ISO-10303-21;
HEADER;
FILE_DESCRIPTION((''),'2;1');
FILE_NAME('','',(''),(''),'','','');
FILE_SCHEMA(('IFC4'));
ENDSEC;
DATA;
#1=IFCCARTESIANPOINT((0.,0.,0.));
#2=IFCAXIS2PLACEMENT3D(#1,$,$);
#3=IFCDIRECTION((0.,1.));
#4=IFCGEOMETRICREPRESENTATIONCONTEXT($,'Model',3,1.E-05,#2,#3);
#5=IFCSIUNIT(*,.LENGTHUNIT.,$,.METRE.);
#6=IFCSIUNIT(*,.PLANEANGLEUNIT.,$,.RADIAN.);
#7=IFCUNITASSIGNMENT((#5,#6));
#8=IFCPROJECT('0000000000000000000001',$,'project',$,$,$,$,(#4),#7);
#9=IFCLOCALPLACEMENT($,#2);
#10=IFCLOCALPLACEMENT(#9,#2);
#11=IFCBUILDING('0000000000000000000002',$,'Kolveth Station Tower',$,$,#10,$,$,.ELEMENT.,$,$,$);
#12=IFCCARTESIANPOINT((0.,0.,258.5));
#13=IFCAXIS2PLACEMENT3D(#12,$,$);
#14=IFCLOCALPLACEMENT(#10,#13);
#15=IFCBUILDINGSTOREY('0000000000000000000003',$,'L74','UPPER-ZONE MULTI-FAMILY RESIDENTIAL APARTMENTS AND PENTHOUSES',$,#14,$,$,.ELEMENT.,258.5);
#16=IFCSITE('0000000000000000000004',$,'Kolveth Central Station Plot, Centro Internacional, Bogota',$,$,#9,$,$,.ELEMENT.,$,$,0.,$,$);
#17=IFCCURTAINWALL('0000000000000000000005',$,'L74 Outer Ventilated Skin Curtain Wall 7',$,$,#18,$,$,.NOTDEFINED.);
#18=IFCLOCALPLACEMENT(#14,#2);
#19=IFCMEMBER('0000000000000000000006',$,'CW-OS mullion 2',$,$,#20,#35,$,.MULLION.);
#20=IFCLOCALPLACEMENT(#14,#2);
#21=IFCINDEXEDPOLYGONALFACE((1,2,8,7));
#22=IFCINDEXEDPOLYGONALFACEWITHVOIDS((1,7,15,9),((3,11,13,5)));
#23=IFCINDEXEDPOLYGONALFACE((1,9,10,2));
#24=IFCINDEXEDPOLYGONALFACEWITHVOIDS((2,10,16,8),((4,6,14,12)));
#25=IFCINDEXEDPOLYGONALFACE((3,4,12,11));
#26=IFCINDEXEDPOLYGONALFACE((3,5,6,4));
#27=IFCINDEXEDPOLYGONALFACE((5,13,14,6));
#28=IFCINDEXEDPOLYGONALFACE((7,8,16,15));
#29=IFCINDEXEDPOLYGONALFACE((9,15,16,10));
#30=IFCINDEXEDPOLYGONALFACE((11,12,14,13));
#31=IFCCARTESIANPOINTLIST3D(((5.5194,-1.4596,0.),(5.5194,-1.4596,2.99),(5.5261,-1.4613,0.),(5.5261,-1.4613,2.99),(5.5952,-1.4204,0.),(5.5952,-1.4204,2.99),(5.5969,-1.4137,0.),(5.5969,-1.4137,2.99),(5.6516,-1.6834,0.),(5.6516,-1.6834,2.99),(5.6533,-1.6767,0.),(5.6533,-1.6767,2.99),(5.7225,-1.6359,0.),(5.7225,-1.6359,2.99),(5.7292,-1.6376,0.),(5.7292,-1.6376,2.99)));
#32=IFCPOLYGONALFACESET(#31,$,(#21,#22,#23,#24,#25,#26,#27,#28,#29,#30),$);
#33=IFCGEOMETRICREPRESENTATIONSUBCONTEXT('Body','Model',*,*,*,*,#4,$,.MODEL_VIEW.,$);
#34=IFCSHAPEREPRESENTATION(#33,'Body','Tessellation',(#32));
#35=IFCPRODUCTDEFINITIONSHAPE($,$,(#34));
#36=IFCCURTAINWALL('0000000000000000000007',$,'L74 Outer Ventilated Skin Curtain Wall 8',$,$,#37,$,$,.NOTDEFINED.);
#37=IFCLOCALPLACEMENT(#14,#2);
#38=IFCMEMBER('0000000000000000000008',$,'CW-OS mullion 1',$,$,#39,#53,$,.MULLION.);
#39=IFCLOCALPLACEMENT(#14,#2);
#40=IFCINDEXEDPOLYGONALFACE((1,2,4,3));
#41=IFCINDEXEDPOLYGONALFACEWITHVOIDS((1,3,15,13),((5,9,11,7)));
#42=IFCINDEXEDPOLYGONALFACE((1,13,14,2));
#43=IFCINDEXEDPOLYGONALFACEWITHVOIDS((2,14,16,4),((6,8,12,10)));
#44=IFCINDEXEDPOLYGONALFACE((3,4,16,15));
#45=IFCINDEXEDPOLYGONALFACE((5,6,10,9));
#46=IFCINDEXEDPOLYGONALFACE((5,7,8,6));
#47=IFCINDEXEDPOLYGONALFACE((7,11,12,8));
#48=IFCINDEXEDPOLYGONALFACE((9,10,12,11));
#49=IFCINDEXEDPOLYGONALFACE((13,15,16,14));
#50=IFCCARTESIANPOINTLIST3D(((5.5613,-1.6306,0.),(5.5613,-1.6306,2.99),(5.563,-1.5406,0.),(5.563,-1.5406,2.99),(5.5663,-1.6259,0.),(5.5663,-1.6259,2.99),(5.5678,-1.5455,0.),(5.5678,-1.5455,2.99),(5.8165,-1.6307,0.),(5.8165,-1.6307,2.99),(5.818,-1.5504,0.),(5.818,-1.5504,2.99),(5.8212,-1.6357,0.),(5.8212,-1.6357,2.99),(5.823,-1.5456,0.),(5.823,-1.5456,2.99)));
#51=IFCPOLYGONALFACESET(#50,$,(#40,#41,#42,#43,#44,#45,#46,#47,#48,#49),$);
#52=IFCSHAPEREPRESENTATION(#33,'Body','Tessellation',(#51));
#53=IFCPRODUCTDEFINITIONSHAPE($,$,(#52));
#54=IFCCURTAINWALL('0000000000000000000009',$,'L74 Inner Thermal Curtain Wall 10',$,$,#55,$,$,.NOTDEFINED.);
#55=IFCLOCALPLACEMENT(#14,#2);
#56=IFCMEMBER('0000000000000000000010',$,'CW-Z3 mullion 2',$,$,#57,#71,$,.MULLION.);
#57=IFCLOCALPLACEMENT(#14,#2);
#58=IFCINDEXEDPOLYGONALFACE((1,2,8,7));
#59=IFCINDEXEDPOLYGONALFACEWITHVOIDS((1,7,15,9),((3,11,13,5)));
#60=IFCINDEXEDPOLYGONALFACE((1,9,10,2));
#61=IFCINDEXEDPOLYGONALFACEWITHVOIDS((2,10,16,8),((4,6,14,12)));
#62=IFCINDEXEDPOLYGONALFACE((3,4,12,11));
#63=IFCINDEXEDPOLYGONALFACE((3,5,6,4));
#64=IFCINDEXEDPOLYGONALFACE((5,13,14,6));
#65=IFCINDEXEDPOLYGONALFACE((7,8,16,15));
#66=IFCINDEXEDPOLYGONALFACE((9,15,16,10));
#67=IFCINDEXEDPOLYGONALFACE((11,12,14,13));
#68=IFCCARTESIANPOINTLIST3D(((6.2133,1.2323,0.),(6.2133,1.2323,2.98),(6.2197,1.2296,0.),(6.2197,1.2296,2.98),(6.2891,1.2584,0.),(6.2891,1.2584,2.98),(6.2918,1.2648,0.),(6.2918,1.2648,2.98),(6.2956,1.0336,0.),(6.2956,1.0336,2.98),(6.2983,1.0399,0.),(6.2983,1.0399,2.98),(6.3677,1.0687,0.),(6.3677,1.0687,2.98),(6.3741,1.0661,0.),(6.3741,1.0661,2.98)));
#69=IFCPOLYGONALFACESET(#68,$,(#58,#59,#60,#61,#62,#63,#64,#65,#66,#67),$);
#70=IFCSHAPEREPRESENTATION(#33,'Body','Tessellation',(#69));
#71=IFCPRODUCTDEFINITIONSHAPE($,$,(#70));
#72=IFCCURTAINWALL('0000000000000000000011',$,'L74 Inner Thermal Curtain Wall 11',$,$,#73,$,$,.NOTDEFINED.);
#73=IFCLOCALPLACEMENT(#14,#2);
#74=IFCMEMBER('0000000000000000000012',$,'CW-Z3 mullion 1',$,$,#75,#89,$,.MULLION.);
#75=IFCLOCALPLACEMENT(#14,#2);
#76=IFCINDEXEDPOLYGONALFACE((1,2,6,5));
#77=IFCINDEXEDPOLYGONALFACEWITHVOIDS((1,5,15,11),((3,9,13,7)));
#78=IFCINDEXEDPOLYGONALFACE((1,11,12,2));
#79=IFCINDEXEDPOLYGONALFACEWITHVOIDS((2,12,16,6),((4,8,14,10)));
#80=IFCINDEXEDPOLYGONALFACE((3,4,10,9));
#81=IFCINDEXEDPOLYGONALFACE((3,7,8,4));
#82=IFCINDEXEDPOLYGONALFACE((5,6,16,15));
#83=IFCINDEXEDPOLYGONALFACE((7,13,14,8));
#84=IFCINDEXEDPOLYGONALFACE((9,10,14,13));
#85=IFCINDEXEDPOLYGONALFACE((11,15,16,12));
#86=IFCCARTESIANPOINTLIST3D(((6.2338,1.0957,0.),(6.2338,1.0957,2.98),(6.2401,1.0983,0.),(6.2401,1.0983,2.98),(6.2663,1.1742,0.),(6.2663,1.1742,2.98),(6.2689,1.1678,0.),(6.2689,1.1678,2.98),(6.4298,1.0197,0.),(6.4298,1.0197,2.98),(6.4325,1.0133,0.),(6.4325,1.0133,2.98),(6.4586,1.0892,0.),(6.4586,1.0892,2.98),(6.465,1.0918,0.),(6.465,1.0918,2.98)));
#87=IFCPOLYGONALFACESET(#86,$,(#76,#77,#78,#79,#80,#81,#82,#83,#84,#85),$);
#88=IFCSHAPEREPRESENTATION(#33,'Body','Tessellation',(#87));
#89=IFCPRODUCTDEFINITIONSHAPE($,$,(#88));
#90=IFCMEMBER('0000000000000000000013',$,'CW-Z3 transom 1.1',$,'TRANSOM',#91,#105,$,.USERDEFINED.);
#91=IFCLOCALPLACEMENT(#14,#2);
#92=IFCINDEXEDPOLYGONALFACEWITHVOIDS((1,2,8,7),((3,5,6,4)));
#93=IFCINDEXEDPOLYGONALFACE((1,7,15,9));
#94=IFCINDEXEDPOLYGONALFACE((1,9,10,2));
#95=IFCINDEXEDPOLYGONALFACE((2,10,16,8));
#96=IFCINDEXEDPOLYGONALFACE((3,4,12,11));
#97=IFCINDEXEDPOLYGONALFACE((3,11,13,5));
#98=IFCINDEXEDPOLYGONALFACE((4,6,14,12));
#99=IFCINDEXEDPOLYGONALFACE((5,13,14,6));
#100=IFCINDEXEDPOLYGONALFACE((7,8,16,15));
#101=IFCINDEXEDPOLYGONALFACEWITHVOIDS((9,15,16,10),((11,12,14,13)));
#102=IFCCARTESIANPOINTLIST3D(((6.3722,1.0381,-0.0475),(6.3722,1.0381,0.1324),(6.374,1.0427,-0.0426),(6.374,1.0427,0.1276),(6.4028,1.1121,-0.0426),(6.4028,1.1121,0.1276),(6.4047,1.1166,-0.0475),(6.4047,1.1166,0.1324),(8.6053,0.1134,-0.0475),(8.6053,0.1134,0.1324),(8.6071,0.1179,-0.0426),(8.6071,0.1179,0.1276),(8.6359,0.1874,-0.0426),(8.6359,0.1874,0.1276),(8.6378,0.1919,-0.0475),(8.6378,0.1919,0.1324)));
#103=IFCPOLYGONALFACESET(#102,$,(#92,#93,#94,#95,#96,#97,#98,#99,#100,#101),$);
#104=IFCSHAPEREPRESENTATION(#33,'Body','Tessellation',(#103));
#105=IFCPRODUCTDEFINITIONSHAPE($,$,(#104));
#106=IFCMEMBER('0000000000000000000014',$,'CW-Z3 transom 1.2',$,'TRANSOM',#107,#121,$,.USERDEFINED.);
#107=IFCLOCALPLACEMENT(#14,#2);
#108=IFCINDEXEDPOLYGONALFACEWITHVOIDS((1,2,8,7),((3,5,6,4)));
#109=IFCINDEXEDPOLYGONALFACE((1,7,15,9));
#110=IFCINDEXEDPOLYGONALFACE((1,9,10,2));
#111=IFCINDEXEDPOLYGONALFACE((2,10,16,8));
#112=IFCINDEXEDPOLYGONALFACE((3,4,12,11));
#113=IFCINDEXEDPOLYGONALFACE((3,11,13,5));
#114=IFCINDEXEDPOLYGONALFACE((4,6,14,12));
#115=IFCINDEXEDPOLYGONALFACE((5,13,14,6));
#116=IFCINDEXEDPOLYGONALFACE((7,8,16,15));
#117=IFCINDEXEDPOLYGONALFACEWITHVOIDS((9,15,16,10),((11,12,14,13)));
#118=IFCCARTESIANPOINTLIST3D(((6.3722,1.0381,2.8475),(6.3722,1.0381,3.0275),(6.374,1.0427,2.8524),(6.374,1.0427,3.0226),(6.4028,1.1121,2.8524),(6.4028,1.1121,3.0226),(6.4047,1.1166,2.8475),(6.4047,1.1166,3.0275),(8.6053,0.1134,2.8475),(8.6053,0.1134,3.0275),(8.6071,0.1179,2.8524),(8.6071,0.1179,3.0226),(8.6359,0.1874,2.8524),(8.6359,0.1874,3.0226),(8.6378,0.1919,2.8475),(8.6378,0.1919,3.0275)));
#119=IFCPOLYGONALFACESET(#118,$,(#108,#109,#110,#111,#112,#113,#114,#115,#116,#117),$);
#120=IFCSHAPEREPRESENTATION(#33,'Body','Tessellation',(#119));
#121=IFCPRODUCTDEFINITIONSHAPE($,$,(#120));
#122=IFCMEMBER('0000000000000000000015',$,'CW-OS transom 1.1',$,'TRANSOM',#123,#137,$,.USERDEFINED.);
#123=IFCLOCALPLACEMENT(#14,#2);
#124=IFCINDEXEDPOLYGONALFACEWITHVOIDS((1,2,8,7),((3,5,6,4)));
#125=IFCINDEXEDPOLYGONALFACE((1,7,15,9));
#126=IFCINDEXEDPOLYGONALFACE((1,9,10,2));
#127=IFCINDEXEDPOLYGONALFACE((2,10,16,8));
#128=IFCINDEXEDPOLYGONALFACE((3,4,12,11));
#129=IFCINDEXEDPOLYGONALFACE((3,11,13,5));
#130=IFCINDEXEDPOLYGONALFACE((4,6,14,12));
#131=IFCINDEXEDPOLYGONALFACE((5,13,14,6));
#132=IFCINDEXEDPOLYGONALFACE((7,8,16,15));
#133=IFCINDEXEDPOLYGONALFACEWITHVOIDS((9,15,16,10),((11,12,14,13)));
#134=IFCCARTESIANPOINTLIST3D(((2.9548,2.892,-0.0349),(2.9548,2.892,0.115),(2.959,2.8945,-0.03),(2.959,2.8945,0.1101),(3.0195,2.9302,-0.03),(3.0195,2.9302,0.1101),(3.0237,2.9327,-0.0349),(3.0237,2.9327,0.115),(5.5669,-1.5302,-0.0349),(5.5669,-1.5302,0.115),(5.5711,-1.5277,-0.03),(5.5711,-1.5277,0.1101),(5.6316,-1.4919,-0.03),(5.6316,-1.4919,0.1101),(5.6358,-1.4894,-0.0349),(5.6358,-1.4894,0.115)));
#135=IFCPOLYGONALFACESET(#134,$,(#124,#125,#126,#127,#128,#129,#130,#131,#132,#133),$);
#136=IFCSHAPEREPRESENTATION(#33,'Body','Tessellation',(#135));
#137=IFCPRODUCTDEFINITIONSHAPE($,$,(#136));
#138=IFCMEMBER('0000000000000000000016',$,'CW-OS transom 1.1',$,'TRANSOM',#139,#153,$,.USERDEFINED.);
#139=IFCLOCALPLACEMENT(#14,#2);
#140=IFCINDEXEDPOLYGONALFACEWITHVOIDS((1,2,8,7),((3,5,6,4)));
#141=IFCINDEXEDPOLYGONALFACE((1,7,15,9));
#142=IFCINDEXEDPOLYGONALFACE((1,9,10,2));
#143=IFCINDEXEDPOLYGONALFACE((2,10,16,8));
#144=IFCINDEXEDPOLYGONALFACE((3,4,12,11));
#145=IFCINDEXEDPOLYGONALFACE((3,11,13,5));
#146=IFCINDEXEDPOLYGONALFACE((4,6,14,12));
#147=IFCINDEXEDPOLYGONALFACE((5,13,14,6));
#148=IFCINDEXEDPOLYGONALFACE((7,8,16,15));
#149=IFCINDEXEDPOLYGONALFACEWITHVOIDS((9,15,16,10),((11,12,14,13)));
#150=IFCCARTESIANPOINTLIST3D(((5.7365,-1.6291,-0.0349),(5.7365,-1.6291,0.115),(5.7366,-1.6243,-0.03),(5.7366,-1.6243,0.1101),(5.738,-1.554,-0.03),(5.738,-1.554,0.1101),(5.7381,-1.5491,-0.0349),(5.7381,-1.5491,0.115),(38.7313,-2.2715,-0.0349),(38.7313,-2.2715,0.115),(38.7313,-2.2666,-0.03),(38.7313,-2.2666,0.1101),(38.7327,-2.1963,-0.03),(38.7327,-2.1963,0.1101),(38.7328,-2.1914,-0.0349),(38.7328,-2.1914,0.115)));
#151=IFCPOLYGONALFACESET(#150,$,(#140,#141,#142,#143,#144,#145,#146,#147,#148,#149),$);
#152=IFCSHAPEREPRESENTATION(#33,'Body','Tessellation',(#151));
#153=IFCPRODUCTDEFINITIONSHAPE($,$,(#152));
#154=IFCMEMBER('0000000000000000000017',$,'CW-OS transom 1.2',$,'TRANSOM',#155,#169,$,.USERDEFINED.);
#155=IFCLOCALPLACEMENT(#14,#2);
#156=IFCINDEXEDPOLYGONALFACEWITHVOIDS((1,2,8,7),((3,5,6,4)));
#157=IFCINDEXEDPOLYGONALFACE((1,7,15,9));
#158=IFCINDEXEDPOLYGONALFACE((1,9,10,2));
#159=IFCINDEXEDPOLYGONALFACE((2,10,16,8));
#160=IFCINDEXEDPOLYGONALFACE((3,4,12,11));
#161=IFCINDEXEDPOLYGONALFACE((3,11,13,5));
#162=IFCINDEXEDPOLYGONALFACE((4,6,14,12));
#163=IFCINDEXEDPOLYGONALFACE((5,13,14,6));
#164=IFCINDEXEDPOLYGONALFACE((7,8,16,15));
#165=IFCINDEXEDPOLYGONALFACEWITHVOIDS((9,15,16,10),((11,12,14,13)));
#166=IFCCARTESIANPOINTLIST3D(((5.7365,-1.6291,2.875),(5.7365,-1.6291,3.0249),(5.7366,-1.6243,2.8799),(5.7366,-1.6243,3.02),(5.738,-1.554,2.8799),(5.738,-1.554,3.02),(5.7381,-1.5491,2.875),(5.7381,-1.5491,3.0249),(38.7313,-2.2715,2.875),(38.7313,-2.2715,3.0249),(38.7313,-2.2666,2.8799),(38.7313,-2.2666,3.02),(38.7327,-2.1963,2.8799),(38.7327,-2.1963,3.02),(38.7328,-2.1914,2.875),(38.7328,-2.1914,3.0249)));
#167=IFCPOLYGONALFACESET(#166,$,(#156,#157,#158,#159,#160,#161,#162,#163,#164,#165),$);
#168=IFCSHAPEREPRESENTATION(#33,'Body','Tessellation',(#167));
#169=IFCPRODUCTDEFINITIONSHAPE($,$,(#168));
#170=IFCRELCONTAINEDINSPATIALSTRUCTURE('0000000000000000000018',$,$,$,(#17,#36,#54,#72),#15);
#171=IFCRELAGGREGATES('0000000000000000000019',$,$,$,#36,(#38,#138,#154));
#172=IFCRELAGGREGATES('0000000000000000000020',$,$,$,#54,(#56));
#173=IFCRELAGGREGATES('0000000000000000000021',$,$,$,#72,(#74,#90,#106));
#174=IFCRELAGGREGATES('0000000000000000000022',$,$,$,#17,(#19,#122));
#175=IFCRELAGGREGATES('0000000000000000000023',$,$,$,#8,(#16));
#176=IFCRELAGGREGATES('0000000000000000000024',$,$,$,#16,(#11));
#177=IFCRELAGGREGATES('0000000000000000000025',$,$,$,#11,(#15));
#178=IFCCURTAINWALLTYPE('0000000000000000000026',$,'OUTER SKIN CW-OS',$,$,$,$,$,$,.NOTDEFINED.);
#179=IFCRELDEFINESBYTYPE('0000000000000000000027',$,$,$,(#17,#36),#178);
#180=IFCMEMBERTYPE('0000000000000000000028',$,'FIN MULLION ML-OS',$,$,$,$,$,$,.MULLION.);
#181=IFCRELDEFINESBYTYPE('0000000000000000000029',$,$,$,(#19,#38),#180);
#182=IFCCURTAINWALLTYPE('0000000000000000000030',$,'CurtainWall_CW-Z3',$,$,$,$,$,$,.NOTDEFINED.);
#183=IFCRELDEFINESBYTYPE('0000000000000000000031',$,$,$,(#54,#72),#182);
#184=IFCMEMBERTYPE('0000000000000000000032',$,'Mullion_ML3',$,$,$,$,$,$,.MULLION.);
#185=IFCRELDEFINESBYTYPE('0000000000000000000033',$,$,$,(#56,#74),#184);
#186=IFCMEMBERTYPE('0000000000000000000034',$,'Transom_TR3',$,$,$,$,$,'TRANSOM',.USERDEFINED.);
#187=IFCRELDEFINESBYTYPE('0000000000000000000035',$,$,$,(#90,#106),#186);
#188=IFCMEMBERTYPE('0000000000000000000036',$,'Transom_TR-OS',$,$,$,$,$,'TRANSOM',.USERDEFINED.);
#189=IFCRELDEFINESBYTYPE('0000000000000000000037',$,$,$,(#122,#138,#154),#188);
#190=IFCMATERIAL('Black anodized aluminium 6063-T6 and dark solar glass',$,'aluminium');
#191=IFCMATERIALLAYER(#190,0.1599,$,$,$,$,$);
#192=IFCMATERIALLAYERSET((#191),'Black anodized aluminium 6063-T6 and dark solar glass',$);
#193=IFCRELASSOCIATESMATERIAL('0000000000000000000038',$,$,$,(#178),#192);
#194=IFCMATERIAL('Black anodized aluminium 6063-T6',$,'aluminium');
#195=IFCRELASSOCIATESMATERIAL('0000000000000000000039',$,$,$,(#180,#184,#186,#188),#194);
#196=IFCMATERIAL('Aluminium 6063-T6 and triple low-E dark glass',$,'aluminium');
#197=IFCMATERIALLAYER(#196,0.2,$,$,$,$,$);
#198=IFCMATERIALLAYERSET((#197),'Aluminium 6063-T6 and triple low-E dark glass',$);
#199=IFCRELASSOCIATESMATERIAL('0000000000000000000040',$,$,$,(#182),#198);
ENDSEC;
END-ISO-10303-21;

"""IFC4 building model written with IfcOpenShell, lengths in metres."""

from ifc_helpers import new_model, si_unit, direction, frame, origin, origin_2d, place, context, subcontext, project, spatial, hollow_rectangle, extrude, source, transform, mapped, material, layer, layer_set, material_profile, profile_set, type_object, element, aggregate, save


model = new_model("IFC4")

# Units and contexts
model_context = context("Model", 3, precision=1e-05, world=origin(), true_north=direction((0.0, 1.0)))
body_context = subcontext(model_context, "Body", "Model", "MODEL_VIEW")
ifc_project = project(units=[si_unit("LENGTHUNIT", "METRE"), si_unit("PLANEANGLEUNIT", "RADIAN")], contexts=[model_context])

# Site, building, storey
site_placement = place(None, origin())
site = spatial("IfcSite", under=ifc_project, at=site_placement, Name="Kolveth Central Station Plot, Centro Internacional, Bogota", CompositionType="ELEMENT", RefElevation=0.0)
building_placement = place(site_placement, origin())
building = spatial("IfcBuilding", under=site, at=building_placement, Name="Kolveth Station Tower", CompositionType="ELEMENT")
storey_placement = place(building_placement, frame((0.0, 0.0, 258.5)))
storey = spatial("IfcBuildingStorey", under=building, at=storey_placement, Name="L74", Description="UPPER-ZONE MULTI-FAMILY RESIDENTIAL APARTMENTS AND PENTHOUSES", CompositionType="ELEMENT", Elevation=258.5)

# Curtain walls, members
ifc_material_1 = material(Name="Black anodized aluminium 6063-T6 and dark solar glass", Category="aluminium")
ifc_layer_1 = layer(ifc_material_1, 0.1599)
ifc_layer_set_1 = layer_set([ifc_layer_1], Name="Black anodized aluminium 6063-T6 and dark solar glass")
curtain_wall_type_1 = type_object("IfcCurtainWallType", Name="OUTER SKIN CW-OS", PredefinedType="NOTDEFINED", material=ifc_layer_set_1)
curtain_wall_1_placement = place(storey_placement, origin())
curtain_wall_1 = element("IfcCurtainWall", 1, at=curtain_wall_1_placement, inside=storey, type_object=curtain_wall_type_1, Name="L74 Outer Ventilated Skin Curtain Wall 7", PredefinedType="NOTDEFINED")
ifc_material_2 = material(Name="Black anodized aluminium 6063-T6", Category="aluminium")
ifc_material_profile_1 = material_profile(ifc_material_2, hollow_rectangle(XDim=0.0901, YDim=0.26, WallThickness=0.0049, at=origin_2d()), Name="ALU-90x260x5")
ifc_profile_set_1 = profile_set([ifc_material_profile_1], Name="Black anodized aluminium 6063-T6")
member_type_1 = type_object("IfcMemberType", Name="FIN MULLION ML-OS", PredefinedType="MULLION", material=ifc_profile_set_1)
shared_shape_1 = source(origin(), body_context, "Body", "SweptSolid", [
    extrude(hollow_rectangle(XDim=0.0901, YDim=0.26, WallThickness=0.0049, at=origin_2d()), origin(), (0.0, 0.0, 1.0), 2.99),
])
member_1_placement = place(storey_placement, frame((5.6243, -1.5486, 0.0), z_axis=(0.0, 0.0, 1.0), x_axis=(0.861001, 0.508603, 0.0)))
member_1 = element("IfcMember", 2, at=member_1_placement, type_object=member_type_1, Name="CW-OS mullion 2", PredefinedType="MULLION", context=body_context, shape_type="MappedRepresentation", body=[
    mapped(shared_shape_1, transform((0.0, 0.0, 0.0), x_axis=(1.0, 0.0, 0.0), y_axis=(0.0, 1.0, 0.0), z_axis=(0.0, 0.0, 1.0), scale=1.0)),
])
curtain_wall_2_placement = place(storey_placement, origin())
curtain_wall_2 = element("IfcCurtainWall", 3, at=curtain_wall_2_placement, inside=storey, type_object=curtain_wall_type_1, Name="L74 Outer Ventilated Skin Curtain Wall 8", PredefinedType="NOTDEFINED")
member_2_placement = place(storey_placement, frame((5.6921, -1.5881, 0.0), z_axis=(0.0, 0.0, 1.0), x_axis=(0.019466, 0.999811, 0.0)))
member_2 = element("IfcMember", 4, at=member_2_placement, type_object=member_type_1, Name="CW-OS mullion 1", PredefinedType="MULLION", context=body_context, shape_type="MappedRepresentation", body=[
    mapped(shared_shape_1, transform((0.0, 0.0, 0.0), x_axis=(1.0, 0.0, 0.0), y_axis=(0.0, 1.0, 0.0), z_axis=(0.0, 0.0, 1.0), scale=1.0)),
])
ifc_material_3 = material(Name="Aluminium 6063-T6 and triple low-E dark glass", Category="aluminium")
ifc_layer_2 = layer(ifc_material_3, 0.2)
ifc_layer_set_2 = layer_set([ifc_layer_2], Name="Aluminium 6063-T6 and triple low-E dark glass")
curtain_wall_type_2 = type_object("IfcCurtainWallType", Name="CurtainWall_CW-Z3", PredefinedType="NOTDEFINED", material=ifc_layer_set_2)
curtain_wall_3_placement = place(storey_placement, origin())
curtain_wall_3 = element("IfcCurtainWall", 5, at=curtain_wall_3_placement, inside=storey, type_object=curtain_wall_type_2, Name="L74 Inner Thermal Curtain Wall 10", PredefinedType="NOTDEFINED")
ifc_material_profile_2 = material_profile(ifc_material_2, hollow_rectangle(XDim=0.085, YDim=0.2151, WallThickness=0.0049, at=origin_2d()), Name="ALU-85x215x5")
ifc_profile_set_2 = profile_set([ifc_material_profile_2], Name="Black anodized aluminium 6063-T6")
member_type_2 = type_object("IfcMemberType", Name="Mullion_ML3", PredefinedType="MULLION", material=ifc_profile_set_2)
shared_shape_2 = source(origin(), body_context, "Body", "SweptSolid", [
    extrude(hollow_rectangle(XDim=0.085, YDim=0.2151, WallThickness=0.0049, at=origin_2d()), origin(), (0.0, 0.0, 1.0), 2.98),
])
member_3_placement = place(storey_placement, frame((6.2937, 1.1492, 0.0), z_axis=(0.0, 0.0, 1.0), x_axis=(0.923875, 0.382693, 0.0)))
member_3 = element("IfcMember", 6, at=member_3_placement, type_object=member_type_2, Name="CW-Z3 mullion 2", PredefinedType="MULLION", context=body_context, shape_type="MappedRepresentation", body=[
    mapped(shared_shape_2, transform((0.0, 0.0, 0.0), x_axis=(1.0, 0.0, 0.0), y_axis=(0.0, 1.0, 0.0), z_axis=(0.0, 0.0, 1.0), scale=1.0)),
])

# Curtain wall, members
curtain_wall_4_placement = place(storey_placement, origin())
curtain_wall_4 = element("IfcCurtainWall", 7, at=curtain_wall_4_placement, inside=storey, type_object=curtain_wall_type_2, Name="L74 Inner Thermal Curtain Wall 11", PredefinedType="NOTDEFINED")
member_4_placement = place(storey_placement, frame((6.3494, 1.0938, 0.0), z_axis=(0.0, 0.0, 1.0), x_axis=(0.382693, 0.923875, 0.0)))
member_4 = element("IfcMember", 8, at=member_4_placement, type_object=member_type_2, Name="CW-Z3 mullion 1", PredefinedType="MULLION", context=body_context, shape_type="MappedRepresentation", body=[
    mapped(shared_shape_2, transform((0.0, 0.0, 0.0), x_axis=(1.0, 0.0, 0.0), y_axis=(0.0, 1.0, 0.0), z_axis=(0.0, 0.0, 1.0), scale=1.0)),
])
ifc_material_profile_3 = material_profile(ifc_material_2, hollow_rectangle(XDim=0.085, YDim=0.1799, WallThickness=0.0049, at=origin_2d()), Name="ALU-85x180x5")
ifc_profile_set_3 = profile_set([ifc_material_profile_3], Name="Black anodized aluminium 6063-T6")
member_type_3 = type_object("IfcMemberType", Name="Transom_TR3", ElementType="TRANSOM", PredefinedType="USERDEFINED", material=ifc_profile_set_3)
shared_shape_3 = source(origin(), body_context, "Body", "SweptSolid", [
    extrude(hollow_rectangle(XDim=0.085, YDim=0.1799, WallThickness=0.0049, at=origin_2d()), origin(), (0.0, 0.0, 1.0), 2.417),
])
member_5_placement = place(storey_placement, frame((6.3884, 1.0774, 0.0425), z_axis=(0.923909, -0.382613, 0.0), x_axis=(0.382613, 0.923909, 0.0)))
member_5 = element("IfcMember", 9, at=member_5_placement, type_object=member_type_3, Name="CW-Z3 transom 1.1", ObjectType="TRANSOM", PredefinedType="USERDEFINED", context=body_context, shape_type="MappedRepresentation", body=[
    mapped(shared_shape_3, transform((0.0, 0.0, 0.0), x_axis=(1.0, 0.0, 0.0), y_axis=(0.0, 1.0, 0.0), z_axis=(0.0, 0.0, 1.0), scale=1.0)),
])
member_6_placement = place(storey_placement, frame((6.3884, 1.0774, 2.9375), z_axis=(0.923909, -0.382613, 0.0), x_axis=(0.382613, 0.923909, 0.0)))
member_6 = element("IfcMember", 10, at=member_6_placement, type_object=member_type_3, Name="CW-Z3 transom 1.2", ObjectType="TRANSOM", PredefinedType="USERDEFINED", context=body_context, shape_type="MappedRepresentation", body=[
    mapped(shared_shape_3, transform((0.0, 0.0, 0.0), x_axis=(1.0, 0.0, 0.0), y_axis=(0.0, 1.0, 0.0), z_axis=(0.0, 0.0, 1.0), scale=1.0)),
])

# Members
ifc_material_profile_4 = material_profile(ifc_material_2, hollow_rectangle(XDim=0.0801, YDim=0.1499, WallThickness=0.0049, at=origin_2d()), Name="ALU-80x150x5")
ifc_profile_set_4 = profile_set([ifc_material_profile_4], Name="Black anodized aluminium 6063-T6")
member_type_4 = type_object("IfcMemberType", Name="Transom_TR-OS", ElementType="TRANSOM", PredefinedType="USERDEFINED", material=ifc_profile_set_4)
shared_shape_4 = source(origin(), body_context, "Body", "SweptSolid", [
    extrude(hollow_rectangle(XDim=0.0801, YDim=0.1499, WallThickness=0.0049, at=origin_2d()), origin(), (0.0, 0.0, 1.0), 5.136),
])
member_7_placement = place(storey_placement, frame((2.9893, 2.9124, 0.04), z_axis=(0.508584, -0.861013, 0.0), x_axis=(0.861013, 0.508584, 0.0)))
member_7 = element("IfcMember", 11, at=member_7_placement, type_object=member_type_4, Name="CW-OS transom 1.1", ObjectType="TRANSOM", PredefinedType="USERDEFINED", context=body_context, shape_type="MappedRepresentation", body=[
    mapped(shared_shape_4, transform((0.0, 0.0, 0.0), x_axis=(1.0, 0.0, 0.0), y_axis=(0.0, 1.0, 0.0), z_axis=(0.0, 0.0, 1.0), scale=1.0)),
])
shared_shape_5 = source(origin(), body_context, "Body", "SweptSolid", [
    extrude(hollow_rectangle(XDim=0.0801, YDim=0.1499, WallThickness=0.0049, at=origin_2d()), origin(), (0.0, 0.0, 1.0), 33.001),
])
member_8_placement = place(storey_placement, frame((5.7373, -1.5891, 0.04), z_axis=(0.999811, -0.019464, 0.0), x_axis=(0.019464, 0.999811, 0.0)))
member_8 = element("IfcMember", 12, at=member_8_placement, type_object=member_type_4, Name="CW-OS transom 1.1", ObjectType="TRANSOM", PredefinedType="USERDEFINED", context=body_context, shape_type="MappedRepresentation", body=[
    mapped(shared_shape_5, transform((0.0, 0.0, 0.0), x_axis=(1.0, 0.0, 0.0), y_axis=(0.0, 1.0, 0.0), z_axis=(0.0, 0.0, 1.0), scale=1.0)),
])
member_9_placement = place(storey_placement, frame((5.7373, -1.5891, 2.95), z_axis=(0.999811, -0.019464, 0.0), x_axis=(0.019464, 0.999811, 0.0)))
member_9 = element("IfcMember", 13, at=member_9_placement, type_object=member_type_4, Name="CW-OS transom 1.2", ObjectType="TRANSOM", PredefinedType="USERDEFINED", context=body_context, shape_type="MappedRepresentation", body=[
    mapped(shared_shape_5, transform((0.0, 0.0, 0.0), x_axis=(1.0, 0.0, 0.0), y_axis=(0.0, 1.0, 0.0), z_axis=(0.0, 0.0, 1.0), scale=1.0)),
])
aggregate(curtain_wall_2, [member_2, member_8, member_9])

aggregate(curtain_wall_3, [member_3])
aggregate(curtain_wall_4, [member_4, member_5, member_6])
aggregate(curtain_wall_1, [member_1, member_7])

save(model, "model.ifc")
